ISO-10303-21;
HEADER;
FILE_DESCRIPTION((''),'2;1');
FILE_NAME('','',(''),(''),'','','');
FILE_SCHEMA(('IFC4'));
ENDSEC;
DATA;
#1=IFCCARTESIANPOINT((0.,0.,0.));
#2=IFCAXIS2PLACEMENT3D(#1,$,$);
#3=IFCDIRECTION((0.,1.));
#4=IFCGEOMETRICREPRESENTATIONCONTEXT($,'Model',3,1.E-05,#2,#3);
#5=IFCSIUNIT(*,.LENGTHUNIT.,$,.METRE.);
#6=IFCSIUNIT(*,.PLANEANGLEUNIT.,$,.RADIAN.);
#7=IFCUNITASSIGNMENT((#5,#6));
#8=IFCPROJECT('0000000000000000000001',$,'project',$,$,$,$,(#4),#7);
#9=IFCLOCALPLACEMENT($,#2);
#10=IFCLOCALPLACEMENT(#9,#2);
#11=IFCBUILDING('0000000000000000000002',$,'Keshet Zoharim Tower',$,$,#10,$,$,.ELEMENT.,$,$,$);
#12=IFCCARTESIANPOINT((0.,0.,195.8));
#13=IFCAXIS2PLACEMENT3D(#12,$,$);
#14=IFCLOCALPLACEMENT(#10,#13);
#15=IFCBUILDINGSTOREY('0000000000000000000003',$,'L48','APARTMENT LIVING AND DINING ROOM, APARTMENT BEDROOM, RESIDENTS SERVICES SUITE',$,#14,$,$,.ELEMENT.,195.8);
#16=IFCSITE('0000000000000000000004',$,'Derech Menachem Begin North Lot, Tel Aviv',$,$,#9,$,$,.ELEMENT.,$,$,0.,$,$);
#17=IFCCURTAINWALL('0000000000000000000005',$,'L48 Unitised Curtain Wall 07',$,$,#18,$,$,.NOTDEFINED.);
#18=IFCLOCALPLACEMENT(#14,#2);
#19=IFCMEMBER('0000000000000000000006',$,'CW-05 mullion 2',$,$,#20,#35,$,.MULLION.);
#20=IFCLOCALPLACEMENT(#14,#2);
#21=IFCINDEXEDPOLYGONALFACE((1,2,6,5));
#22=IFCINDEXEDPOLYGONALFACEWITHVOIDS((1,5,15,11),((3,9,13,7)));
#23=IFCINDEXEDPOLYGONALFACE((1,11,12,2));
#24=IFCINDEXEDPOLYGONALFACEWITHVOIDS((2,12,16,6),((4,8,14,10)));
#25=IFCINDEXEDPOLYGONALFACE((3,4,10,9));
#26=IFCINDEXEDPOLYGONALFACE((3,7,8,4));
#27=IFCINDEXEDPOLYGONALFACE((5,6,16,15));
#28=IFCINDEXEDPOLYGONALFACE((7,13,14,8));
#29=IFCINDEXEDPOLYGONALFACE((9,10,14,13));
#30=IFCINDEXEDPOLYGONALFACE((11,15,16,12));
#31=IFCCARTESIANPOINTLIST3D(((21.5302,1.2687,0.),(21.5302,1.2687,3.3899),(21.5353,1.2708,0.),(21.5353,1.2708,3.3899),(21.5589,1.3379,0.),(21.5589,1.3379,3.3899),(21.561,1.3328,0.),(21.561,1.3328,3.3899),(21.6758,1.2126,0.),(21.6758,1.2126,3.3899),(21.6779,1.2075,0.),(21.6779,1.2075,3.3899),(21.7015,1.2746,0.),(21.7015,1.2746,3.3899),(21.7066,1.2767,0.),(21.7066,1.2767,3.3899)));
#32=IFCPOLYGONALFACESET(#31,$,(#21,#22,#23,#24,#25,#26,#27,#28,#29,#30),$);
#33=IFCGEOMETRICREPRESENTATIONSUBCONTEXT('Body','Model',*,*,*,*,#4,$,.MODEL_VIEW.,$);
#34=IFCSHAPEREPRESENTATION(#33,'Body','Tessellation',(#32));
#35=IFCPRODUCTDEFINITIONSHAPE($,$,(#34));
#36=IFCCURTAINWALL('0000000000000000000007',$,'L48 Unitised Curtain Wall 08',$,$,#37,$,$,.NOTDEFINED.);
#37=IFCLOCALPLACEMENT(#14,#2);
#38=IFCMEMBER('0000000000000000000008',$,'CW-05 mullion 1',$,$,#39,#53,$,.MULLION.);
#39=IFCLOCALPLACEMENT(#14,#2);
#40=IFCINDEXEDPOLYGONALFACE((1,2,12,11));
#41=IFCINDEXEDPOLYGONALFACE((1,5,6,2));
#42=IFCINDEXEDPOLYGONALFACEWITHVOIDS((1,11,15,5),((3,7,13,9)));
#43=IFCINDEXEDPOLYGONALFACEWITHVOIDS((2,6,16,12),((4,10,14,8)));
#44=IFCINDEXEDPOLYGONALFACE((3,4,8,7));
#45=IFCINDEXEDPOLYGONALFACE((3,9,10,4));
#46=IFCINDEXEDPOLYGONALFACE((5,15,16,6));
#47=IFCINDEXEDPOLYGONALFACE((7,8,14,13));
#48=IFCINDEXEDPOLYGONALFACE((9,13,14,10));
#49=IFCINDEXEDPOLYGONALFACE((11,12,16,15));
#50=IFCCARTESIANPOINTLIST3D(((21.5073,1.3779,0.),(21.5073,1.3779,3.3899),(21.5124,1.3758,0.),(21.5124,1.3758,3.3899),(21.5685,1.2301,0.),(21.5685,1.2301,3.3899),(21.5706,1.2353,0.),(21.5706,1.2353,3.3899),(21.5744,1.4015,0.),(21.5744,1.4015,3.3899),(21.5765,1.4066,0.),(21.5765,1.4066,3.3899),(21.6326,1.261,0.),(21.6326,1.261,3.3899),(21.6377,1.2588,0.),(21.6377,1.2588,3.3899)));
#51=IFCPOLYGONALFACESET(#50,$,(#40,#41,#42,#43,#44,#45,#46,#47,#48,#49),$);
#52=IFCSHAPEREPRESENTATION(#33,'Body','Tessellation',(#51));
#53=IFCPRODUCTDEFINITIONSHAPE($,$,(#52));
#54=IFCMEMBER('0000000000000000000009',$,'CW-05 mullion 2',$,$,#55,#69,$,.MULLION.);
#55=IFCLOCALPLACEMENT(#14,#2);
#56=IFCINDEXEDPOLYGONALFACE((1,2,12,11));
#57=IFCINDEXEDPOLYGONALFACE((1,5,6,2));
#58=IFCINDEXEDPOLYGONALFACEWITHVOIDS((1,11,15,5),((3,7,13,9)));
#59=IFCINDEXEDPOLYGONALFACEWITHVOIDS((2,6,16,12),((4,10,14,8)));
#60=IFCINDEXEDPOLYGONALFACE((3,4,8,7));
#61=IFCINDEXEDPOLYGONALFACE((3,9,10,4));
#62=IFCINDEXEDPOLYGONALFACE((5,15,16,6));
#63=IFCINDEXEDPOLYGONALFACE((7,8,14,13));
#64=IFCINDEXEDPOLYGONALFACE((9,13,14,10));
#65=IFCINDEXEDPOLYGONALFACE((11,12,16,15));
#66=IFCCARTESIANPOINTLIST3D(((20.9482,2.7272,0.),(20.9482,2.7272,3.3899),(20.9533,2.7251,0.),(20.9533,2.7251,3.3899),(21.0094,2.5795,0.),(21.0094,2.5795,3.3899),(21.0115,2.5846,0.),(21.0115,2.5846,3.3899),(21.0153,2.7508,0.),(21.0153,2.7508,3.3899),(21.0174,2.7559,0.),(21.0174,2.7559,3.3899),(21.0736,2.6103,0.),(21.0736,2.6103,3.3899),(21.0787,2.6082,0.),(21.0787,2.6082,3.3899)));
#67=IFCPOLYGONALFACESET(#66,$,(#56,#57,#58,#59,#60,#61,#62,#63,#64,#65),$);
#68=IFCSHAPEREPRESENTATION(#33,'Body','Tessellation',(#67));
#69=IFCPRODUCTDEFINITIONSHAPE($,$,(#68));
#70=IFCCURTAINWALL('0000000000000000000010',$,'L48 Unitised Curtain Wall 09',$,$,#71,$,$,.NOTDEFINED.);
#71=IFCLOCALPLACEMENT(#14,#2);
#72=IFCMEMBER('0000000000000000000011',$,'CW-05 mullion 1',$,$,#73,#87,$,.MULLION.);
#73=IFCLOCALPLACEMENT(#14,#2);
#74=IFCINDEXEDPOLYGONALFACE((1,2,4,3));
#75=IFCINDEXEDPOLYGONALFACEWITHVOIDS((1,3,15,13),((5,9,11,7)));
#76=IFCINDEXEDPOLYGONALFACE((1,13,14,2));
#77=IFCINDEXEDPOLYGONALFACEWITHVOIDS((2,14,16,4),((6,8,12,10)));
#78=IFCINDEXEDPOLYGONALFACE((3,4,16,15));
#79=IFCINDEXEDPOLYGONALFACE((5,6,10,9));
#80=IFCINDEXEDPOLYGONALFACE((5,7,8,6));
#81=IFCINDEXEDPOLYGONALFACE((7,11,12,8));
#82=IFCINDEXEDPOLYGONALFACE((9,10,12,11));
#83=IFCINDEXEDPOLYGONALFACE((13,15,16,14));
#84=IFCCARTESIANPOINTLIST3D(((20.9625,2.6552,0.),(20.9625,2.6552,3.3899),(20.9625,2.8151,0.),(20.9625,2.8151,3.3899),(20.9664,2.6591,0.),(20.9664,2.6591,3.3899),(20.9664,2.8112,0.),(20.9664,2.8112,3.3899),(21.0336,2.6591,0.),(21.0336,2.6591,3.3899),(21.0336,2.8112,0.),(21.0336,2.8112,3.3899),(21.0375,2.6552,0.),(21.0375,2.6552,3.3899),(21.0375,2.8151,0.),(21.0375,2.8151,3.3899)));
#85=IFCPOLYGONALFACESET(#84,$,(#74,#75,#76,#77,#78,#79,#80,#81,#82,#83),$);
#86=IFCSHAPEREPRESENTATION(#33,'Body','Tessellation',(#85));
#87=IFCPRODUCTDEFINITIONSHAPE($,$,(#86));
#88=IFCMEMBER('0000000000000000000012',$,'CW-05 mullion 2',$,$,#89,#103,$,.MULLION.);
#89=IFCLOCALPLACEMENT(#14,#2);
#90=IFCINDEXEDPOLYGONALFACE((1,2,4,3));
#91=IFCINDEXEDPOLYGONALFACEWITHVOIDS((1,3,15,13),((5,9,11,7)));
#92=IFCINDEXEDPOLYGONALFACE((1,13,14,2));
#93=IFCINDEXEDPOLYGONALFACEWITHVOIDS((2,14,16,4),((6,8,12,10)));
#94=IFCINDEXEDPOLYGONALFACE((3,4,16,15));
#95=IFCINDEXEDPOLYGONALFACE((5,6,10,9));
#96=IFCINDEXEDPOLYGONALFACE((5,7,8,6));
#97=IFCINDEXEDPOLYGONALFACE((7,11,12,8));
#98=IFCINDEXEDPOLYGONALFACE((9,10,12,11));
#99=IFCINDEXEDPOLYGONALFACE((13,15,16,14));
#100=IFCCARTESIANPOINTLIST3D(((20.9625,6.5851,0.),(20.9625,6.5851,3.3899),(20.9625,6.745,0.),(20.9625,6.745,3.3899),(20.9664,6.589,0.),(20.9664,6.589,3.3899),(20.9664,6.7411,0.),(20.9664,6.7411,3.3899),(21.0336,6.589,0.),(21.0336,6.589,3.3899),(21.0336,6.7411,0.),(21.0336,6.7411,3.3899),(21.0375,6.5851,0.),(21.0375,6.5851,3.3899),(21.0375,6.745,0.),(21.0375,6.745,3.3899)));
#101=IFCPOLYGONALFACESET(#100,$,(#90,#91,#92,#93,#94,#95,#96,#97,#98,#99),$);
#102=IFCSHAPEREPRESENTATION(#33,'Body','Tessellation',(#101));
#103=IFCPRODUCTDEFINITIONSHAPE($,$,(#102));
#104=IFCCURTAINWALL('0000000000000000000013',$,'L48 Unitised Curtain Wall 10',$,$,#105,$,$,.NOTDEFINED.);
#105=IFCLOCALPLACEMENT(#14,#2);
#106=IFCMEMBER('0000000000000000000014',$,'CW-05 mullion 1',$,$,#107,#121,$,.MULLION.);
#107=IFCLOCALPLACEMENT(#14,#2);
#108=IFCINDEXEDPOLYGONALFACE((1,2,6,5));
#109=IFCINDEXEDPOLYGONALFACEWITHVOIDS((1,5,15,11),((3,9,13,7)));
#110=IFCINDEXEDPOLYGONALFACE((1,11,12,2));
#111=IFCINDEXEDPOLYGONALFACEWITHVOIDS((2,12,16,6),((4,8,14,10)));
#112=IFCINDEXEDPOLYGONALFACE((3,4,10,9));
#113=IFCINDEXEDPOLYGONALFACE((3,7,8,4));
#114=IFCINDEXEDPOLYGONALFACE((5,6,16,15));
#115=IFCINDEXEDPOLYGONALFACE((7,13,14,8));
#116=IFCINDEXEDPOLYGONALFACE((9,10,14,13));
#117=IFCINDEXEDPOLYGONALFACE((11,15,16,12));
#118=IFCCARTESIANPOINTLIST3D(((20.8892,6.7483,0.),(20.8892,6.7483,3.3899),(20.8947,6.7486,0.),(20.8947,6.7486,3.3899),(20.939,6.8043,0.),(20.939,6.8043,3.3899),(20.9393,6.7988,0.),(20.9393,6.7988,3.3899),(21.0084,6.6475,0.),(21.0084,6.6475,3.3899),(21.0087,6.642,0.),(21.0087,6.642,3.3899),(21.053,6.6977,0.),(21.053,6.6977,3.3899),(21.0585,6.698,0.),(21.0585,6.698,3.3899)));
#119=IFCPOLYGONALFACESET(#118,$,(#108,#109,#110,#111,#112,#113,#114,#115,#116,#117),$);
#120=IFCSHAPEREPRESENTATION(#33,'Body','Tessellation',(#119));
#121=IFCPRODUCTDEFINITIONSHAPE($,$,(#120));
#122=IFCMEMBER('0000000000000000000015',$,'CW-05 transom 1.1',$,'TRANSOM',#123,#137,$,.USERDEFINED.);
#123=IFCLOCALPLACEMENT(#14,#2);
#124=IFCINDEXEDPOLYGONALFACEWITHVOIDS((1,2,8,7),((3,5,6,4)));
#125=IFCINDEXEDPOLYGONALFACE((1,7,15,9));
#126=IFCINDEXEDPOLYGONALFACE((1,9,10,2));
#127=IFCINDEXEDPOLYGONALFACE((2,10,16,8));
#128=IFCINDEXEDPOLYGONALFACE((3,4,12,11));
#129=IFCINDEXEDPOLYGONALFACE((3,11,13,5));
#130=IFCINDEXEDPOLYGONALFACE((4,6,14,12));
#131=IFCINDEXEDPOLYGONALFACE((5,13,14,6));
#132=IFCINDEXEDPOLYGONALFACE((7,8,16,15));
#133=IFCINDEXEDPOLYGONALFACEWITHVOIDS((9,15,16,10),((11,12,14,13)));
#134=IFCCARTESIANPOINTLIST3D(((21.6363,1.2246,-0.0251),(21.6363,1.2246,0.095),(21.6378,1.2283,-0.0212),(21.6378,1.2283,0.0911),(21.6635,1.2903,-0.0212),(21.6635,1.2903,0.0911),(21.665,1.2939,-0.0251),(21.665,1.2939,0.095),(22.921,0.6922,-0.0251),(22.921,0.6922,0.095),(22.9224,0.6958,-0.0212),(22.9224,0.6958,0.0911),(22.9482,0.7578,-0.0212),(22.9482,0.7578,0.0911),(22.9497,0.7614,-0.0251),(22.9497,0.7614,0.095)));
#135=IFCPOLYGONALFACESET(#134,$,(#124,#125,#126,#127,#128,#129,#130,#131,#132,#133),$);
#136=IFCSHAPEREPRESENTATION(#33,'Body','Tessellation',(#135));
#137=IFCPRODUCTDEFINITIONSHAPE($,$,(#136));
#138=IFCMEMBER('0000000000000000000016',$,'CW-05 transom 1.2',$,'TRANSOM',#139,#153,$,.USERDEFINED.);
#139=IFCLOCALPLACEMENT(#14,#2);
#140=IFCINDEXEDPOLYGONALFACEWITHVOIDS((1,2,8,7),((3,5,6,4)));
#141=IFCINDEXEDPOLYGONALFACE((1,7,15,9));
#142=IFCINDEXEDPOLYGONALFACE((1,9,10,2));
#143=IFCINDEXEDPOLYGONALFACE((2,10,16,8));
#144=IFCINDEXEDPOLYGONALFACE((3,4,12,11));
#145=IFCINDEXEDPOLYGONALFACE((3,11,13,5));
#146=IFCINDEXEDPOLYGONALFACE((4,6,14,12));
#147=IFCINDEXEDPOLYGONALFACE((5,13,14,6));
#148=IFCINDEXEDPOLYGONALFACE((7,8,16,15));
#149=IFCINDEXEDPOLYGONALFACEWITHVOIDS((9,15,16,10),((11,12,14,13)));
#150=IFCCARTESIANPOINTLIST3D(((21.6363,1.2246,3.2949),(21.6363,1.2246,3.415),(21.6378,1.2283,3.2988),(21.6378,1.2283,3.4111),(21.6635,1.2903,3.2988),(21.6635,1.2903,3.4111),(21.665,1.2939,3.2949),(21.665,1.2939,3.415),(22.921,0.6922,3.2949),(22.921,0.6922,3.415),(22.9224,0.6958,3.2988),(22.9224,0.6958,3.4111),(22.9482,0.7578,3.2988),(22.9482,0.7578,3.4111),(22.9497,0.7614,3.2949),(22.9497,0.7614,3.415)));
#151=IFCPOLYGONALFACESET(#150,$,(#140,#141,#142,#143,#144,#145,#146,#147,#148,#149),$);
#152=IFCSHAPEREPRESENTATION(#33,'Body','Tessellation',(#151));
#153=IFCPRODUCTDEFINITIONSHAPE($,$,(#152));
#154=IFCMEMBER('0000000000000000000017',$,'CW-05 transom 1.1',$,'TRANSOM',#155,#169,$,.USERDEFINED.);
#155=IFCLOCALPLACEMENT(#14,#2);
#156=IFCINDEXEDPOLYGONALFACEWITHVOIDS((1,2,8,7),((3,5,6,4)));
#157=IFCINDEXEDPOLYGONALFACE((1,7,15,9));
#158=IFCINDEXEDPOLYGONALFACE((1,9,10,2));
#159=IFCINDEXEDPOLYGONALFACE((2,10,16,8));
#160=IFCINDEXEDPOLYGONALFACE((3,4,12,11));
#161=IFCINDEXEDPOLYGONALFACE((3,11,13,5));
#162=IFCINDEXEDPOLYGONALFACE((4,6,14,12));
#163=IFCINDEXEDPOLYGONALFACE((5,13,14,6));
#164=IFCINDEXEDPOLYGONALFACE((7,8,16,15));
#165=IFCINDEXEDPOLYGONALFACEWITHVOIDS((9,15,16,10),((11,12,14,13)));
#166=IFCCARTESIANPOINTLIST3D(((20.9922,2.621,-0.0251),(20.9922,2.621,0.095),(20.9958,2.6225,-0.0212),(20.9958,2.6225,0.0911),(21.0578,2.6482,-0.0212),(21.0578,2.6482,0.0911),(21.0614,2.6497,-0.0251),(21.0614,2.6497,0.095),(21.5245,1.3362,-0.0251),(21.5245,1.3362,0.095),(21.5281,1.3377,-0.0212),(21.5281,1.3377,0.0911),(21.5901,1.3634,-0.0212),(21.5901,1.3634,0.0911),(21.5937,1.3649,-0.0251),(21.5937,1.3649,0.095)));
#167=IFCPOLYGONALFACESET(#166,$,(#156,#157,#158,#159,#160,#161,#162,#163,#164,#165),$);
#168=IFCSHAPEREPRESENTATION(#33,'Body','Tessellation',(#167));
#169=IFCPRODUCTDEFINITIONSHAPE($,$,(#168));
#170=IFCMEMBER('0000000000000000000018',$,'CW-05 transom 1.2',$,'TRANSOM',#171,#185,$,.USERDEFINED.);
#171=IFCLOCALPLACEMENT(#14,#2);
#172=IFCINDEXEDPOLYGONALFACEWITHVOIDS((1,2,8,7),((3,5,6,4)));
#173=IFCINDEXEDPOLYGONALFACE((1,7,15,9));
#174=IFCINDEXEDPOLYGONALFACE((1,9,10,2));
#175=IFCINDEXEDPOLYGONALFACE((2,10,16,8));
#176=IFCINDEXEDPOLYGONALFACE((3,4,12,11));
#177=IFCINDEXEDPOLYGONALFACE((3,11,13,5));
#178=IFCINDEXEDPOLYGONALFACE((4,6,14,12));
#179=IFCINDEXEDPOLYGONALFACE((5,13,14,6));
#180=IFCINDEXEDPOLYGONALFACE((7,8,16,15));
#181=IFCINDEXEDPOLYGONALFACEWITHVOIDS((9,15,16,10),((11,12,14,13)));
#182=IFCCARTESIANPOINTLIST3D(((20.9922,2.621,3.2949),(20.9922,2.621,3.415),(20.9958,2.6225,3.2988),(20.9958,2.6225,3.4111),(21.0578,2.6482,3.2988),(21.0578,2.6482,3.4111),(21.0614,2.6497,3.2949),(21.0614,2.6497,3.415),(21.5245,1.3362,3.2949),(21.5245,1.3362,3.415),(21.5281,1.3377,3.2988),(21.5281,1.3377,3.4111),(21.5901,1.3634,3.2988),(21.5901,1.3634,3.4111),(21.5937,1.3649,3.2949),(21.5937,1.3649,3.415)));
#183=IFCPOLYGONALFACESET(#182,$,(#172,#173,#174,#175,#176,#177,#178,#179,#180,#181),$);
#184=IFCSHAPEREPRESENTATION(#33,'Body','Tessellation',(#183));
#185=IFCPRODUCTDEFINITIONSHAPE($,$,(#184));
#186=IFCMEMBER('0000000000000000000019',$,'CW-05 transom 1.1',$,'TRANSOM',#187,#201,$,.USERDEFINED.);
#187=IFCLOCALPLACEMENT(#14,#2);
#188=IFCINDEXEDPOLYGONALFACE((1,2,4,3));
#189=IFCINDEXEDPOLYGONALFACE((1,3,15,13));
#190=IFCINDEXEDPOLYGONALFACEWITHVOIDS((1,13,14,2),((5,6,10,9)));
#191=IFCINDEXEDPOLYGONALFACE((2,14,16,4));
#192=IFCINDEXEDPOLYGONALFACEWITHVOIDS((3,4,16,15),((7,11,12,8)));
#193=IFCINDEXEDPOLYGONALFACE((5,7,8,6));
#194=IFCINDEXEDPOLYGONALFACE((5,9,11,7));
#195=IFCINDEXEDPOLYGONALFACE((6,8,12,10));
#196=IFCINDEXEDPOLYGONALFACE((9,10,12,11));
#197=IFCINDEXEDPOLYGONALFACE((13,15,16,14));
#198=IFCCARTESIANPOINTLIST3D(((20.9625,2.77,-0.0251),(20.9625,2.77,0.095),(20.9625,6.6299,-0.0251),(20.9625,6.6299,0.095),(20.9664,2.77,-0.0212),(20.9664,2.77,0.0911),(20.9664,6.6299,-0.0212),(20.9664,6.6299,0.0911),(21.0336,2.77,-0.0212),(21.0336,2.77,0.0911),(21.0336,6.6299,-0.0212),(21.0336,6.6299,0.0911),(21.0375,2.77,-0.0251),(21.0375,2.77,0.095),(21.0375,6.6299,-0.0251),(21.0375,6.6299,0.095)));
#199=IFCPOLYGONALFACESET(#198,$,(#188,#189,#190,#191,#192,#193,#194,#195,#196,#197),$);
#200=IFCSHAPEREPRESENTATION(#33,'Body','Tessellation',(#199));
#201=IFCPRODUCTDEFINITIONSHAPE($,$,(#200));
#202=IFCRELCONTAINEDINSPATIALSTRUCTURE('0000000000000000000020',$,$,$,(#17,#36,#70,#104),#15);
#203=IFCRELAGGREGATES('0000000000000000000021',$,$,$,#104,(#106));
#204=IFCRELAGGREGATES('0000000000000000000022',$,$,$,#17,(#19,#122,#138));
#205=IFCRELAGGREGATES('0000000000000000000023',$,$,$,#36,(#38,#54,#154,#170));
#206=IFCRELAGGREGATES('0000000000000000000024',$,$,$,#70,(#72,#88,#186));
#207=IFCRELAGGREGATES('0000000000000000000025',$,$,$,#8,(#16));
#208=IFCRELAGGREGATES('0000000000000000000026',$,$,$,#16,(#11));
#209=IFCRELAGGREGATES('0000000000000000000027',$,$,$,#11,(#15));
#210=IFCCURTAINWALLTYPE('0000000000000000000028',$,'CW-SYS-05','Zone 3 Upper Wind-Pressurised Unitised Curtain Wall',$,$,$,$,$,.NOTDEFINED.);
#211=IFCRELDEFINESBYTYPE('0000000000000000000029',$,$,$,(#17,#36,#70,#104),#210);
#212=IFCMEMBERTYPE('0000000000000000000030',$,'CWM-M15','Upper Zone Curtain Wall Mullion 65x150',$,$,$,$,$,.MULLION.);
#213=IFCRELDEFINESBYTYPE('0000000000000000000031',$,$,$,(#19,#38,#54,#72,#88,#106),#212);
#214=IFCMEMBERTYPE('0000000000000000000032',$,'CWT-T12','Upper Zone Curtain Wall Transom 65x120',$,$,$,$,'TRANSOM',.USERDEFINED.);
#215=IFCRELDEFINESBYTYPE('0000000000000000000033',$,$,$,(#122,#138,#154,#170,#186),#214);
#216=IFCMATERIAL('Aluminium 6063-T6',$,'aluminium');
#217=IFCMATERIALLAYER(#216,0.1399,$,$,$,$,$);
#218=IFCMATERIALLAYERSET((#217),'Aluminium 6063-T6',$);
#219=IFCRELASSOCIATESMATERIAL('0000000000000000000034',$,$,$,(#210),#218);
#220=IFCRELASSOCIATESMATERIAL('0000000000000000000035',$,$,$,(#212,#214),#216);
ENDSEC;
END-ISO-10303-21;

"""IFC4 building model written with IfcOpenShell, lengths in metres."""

from ifc_helpers import new_model, si_unit, direction, frame, origin, origin_2d, place, context, subcontext, project, spatial, hollow_rectangle, extrude, material, layer, layer_set, material_profile, profile_set, type_object, element, aggregate, save


model = new_model("IFC4")

# Units and contexts
model_context = context("Model", 3, precision=1e-05, world=origin(), true_north=direction((0.0, 1.0)))
body_context = subcontext(model_context, "Body", "Model", "MODEL_VIEW")
ifc_project = project(units=[si_unit("LENGTHUNIT", "METRE"), si_unit("PLANEANGLEUNIT", "RADIAN")], contexts=[model_context])

# Site, building, storey
site_placement = place(None, origin())
site = spatial("IfcSite", under=ifc_project, at=site_placement, Name="Derech Menachem Begin North Lot, Tel Aviv", CompositionType="ELEMENT", RefElevation=0.0)
building_placement = place(site_placement, origin())
building = spatial("IfcBuilding", under=site, at=building_placement, Name="Keshet Zoharim Tower", CompositionType="ELEMENT")
storey_placement = place(building_placement, frame((0.0, 0.0, 195.8)))
storey = spatial("IfcBuildingStorey", under=building, at=storey_placement, Name="L48", Description="APARTMENT LIVING AND DINING ROOM, APARTMENT BEDROOM, RESIDENTS SERVICES SUITE", CompositionType="ELEMENT", Elevation=195.8)

# Shared definitions
ifc_material_1 = material(Name="Aluminium 6063-T6", Category="aluminium")
ifc_layer_1 = layer(ifc_material_1, 0.1399)
ifc_layer_set_1 = layer_set([ifc_layer_1], Name="Aluminium 6063-T6")
curtain_wall_type = type_object("IfcCurtainWallType", Name="CW-SYS-05", Description="Zone 3 Upper Wind-Pressurised Unitised Curtain Wall", PredefinedType="NOTDEFINED", material=ifc_layer_set_1)
ifc_material_profile_1 = material_profile(ifc_material_1, hollow_rectangle(XDim=0.075, YDim=0.1599, WallThickness=0.0039, at=origin_2d()), Name="MUL-75x160")
ifc_profile_set_1 = profile_set([ifc_material_profile_1], Name="Aluminium 6063-T6")
member_type_1 = type_object("IfcMemberType", Name="CWM-M15", Description="Upper Zone Curtain Wall Mullion 65x150", PredefinedType="MULLION", material=ifc_profile_set_1)

# Curtain walls, members
curtain_wall_1_placement = place(storey_placement, origin())
curtain_wall_1 = element("IfcCurtainWall", 1, at=curtain_wall_1_placement, inside=storey, type_object=curtain_wall_type, Name="L48 Unitised Curtain Wall 07", PredefinedType="NOTDEFINED")
member_1_placement = place(storey_placement, frame((21.6184, 1.2727, 0.0), z_axis=(0.0, 0.0, 1.0), x_axis=(-0.382852, -0.92381, 0.0)))
member_1 = element("IfcMember", 2, at=member_1_placement, type_object=member_type_1, Name="CW-05 mullion 2", PredefinedType="MULLION", context=body_context, shape_type="SweptSolid", body=[
    extrude(hollow_rectangle(XDim=0.075, YDim=0.1599, WallThickness=0.0039, at=origin_2d()), origin(), (0.0, 0.0, 1.0), 3.3899),
])
curtain_wall_2_placement = place(storey_placement, origin())
curtain_wall_2 = element("IfcCurtainWall", 3, at=curtain_wall_2_placement, inside=storey, type_object=curtain_wall_type, Name="L48 Unitised Curtain Wall 08", PredefinedType="NOTDEFINED")
member_2_placement = place(storey_placement, frame((21.5725, 1.3184, 0.0), z_axis=(0.0, 0.0, 1.0), x_axis=(-0.92381, -0.382852, 0.0)))
member_2 = element("IfcMember", 4, at=member_2_placement, type_object=member_type_1, Name="CW-05 mullion 1", PredefinedType="MULLION", context=body_context, shape_type="SweptSolid", body=[
    extrude(hollow_rectangle(XDim=0.075, YDim=0.1599, WallThickness=0.0039, at=origin_2d()), origin(), (0.0, 0.0, 1.0), 3.3899),
])
member_3_placement = place(storey_placement, frame((21.0134, 2.6677, 0.0), z_axis=(0.0, 0.0, 1.0), x_axis=(-0.92381, -0.382852, 0.0)))
member_3 = element("IfcMember", 5, at=member_3_placement, type_object=member_type_1, Name="CW-05 mullion 2", PredefinedType="MULLION", context=body_context, shape_type="SweptSolid", body=[
    extrude(hollow_rectangle(XDim=0.075, YDim=0.1599, WallThickness=0.0039, at=origin_2d()), origin(), (0.0, 0.0, 1.0), 3.3899),
])
curtain_wall_3_placement = place(storey_placement, origin())
curtain_wall_3 = element("IfcCurtainWall", 6, at=curtain_wall_3_placement, inside=storey, type_object=curtain_wall_type, Name="L48 Unitised Curtain Wall 09", PredefinedType="NOTDEFINED")
member_4_placement = place(storey_placement, frame((21.0, 2.7351, 0.0), z_axis=(0.0, 0.0, 1.0), x_axis=(-1.0, 0.0, 0.0)))
member_4 = element("IfcMember", 7, at=member_4_placement, type_object=member_type_1, Name="CW-05 mullion 1", PredefinedType="MULLION", context=body_context, shape_type="SweptSolid", body=[
    extrude(hollow_rectangle(XDim=0.075, YDim=0.1599, WallThickness=0.0039, at=origin_2d()), origin(), (0.0, 0.0, 1.0), 3.3899),
])
member_5_placement = place(storey_placement, frame((21.0, 6.665, 0.0), z_axis=(0.0, 0.0, 1.0), x_axis=(-1.0, 0.0, 0.0)))
member_5 = element("IfcMember", 8, at=member_5_placement, type_object=member_type_1, Name="CW-05 mullion 2", PredefinedType="MULLION", context=body_context, shape_type="SweptSolid", body=[
    extrude(hollow_rectangle(XDim=0.075, YDim=0.1599, WallThickness=0.0039, at=origin_2d()), origin(), (0.0, 0.0, 1.0), 3.3899),
])

# Curtain wall, member
curtain_wall_4_placement = place(storey_placement, origin())
curtain_wall_4 = element("IfcCurtainWall", 9, at=curtain_wall_4_placement, inside=storey, type_object=curtain_wall_type, Name="L48 Unitised Curtain Wall 10", PredefinedType="NOTDEFINED")
member_6_placement = place(storey_placement, frame((20.9739, 6.7231, 0.0), z_axis=(0.0, 0.0, 1.0), x_axis=(-0.664368, -0.747406, 0.0)))
member_6 = element("IfcMember", 10, at=member_6_placement, type_object=member_type_1, Name="CW-05 mullion 1", PredefinedType="MULLION", context=body_context, shape_type="SweptSolid", body=[
    extrude(hollow_rectangle(XDim=0.075, YDim=0.1599, WallThickness=0.0039, at=origin_2d()), origin(), (0.0, 0.0, 1.0), 3.3899),
])

# Members
ifc_material_profile_2 = material_profile(ifc_material_1, hollow_rectangle(XDim=0.075, YDim=0.1201, WallThickness=0.0039, at=origin_2d()), Name="TRN-75x120")
ifc_profile_set_2 = profile_set([ifc_material_profile_2], Name="Aluminium 6063-T6")
member_type_2 = type_object("IfcMemberType", Name="CWT-T12", Description="Upper Zone Curtain Wall Transom 65x120", ElementType="TRANSOM", PredefinedType="USERDEFINED", material=ifc_profile_set_2)
member_7_placement = place(storey_placement, frame((22.9353, 0.7268, 0.0349), z_axis=(-0.923792, 0.382894, 0.0), x_axis=(-0.382894, -0.923792, 0.0)))
member_7 = element("IfcMember", 11, at=member_7_placement, type_object=member_type_2, Name="CW-05 transom 1.1", ObjectType="TRANSOM", PredefinedType="USERDEFINED", context=body_context, shape_type="SweptSolid", body=[
    extrude(hollow_rectangle(XDim=0.075, YDim=0.1201, WallThickness=0.0039, at=origin_2d()), origin(), (0.0, 0.0, 1.0), 1.3906),
])
member_8_placement = place(storey_placement, frame((22.9353, 0.7268, 3.355), z_axis=(-0.923792, 0.382894, 0.0), x_axis=(-0.382894, -0.923792, 0.0)))
member_8 = element("IfcMember", 12, at=member_8_placement, type_object=member_type_2, Name="CW-05 transom 1.2", ObjectType="TRANSOM", PredefinedType="USERDEFINED", context=body_context, shape_type="SweptSolid", body=[
    extrude(hollow_rectangle(XDim=0.075, YDim=0.1201, WallThickness=0.0039, at=origin_2d()), origin(), (0.0, 0.0, 1.0), 1.3906),
])
member_9_placement = place(storey_placement, frame((21.5591, 1.3506, 0.0349), z_axis=(-0.382745, 0.923854, 0.0), x_axis=(-0.923854, -0.382745, 0.0)))
member_9 = element("IfcMember", 13, at=member_9_placement, type_object=member_type_2, Name="CW-05 transom 1.1", ObjectType="TRANSOM", PredefinedType="USERDEFINED", context=body_context, shape_type="SweptSolid", body=[
    extrude(hollow_rectangle(XDim=0.075, YDim=0.1201, WallThickness=0.0039, at=origin_2d()), origin(), (0.0, 0.0, 1.0), 1.3906),
])
member_10_placement = place(storey_placement, frame((21.5591, 1.3506, 3.355), z_axis=(-0.382745, 0.923854, 0.0), x_axis=(-0.923854, -0.382745, 0.0)))
member_10 = element("IfcMember", 14, at=member_10_placement, type_object=member_type_2, Name="CW-05 transom 1.2", ObjectType="TRANSOM", PredefinedType="USERDEFINED", context=body_context, shape_type="SweptSolid", body=[
    extrude(hollow_rectangle(XDim=0.075, YDim=0.1201, WallThickness=0.0039, at=origin_2d()), origin(), (0.0, 0.0, 1.0), 1.3906),
])
member_11_placement = place(storey_placement, frame((21.0, 2.77, 0.0349), z_axis=(0.0, 1.0, 0.0), x_axis=(-1.0, 0.0, 0.0)))
member_11 = element("IfcMember", 15, at=member_11_placement, type_object=member_type_2, Name="CW-05 transom 1.1", ObjectType="TRANSOM", PredefinedType="USERDEFINED", context=body_context, shape_type="SweptSolid", body=[
    extrude(hollow_rectangle(XDim=0.075, YDim=0.1201, WallThickness=0.0039, at=origin_2d()), origin(), (0.0, 0.0, 1.0), 3.8599),
])
aggregate(curtain_wall_4, [member_6])

aggregate(curtain_wall_1, [member_1, member_7, member_8])
aggregate(curtain_wall_2, [member_2, member_3, member_9, member_10])
aggregate(curtain_wall_3, [member_4, member_5, member_11])

save(model, "model.ifc")
